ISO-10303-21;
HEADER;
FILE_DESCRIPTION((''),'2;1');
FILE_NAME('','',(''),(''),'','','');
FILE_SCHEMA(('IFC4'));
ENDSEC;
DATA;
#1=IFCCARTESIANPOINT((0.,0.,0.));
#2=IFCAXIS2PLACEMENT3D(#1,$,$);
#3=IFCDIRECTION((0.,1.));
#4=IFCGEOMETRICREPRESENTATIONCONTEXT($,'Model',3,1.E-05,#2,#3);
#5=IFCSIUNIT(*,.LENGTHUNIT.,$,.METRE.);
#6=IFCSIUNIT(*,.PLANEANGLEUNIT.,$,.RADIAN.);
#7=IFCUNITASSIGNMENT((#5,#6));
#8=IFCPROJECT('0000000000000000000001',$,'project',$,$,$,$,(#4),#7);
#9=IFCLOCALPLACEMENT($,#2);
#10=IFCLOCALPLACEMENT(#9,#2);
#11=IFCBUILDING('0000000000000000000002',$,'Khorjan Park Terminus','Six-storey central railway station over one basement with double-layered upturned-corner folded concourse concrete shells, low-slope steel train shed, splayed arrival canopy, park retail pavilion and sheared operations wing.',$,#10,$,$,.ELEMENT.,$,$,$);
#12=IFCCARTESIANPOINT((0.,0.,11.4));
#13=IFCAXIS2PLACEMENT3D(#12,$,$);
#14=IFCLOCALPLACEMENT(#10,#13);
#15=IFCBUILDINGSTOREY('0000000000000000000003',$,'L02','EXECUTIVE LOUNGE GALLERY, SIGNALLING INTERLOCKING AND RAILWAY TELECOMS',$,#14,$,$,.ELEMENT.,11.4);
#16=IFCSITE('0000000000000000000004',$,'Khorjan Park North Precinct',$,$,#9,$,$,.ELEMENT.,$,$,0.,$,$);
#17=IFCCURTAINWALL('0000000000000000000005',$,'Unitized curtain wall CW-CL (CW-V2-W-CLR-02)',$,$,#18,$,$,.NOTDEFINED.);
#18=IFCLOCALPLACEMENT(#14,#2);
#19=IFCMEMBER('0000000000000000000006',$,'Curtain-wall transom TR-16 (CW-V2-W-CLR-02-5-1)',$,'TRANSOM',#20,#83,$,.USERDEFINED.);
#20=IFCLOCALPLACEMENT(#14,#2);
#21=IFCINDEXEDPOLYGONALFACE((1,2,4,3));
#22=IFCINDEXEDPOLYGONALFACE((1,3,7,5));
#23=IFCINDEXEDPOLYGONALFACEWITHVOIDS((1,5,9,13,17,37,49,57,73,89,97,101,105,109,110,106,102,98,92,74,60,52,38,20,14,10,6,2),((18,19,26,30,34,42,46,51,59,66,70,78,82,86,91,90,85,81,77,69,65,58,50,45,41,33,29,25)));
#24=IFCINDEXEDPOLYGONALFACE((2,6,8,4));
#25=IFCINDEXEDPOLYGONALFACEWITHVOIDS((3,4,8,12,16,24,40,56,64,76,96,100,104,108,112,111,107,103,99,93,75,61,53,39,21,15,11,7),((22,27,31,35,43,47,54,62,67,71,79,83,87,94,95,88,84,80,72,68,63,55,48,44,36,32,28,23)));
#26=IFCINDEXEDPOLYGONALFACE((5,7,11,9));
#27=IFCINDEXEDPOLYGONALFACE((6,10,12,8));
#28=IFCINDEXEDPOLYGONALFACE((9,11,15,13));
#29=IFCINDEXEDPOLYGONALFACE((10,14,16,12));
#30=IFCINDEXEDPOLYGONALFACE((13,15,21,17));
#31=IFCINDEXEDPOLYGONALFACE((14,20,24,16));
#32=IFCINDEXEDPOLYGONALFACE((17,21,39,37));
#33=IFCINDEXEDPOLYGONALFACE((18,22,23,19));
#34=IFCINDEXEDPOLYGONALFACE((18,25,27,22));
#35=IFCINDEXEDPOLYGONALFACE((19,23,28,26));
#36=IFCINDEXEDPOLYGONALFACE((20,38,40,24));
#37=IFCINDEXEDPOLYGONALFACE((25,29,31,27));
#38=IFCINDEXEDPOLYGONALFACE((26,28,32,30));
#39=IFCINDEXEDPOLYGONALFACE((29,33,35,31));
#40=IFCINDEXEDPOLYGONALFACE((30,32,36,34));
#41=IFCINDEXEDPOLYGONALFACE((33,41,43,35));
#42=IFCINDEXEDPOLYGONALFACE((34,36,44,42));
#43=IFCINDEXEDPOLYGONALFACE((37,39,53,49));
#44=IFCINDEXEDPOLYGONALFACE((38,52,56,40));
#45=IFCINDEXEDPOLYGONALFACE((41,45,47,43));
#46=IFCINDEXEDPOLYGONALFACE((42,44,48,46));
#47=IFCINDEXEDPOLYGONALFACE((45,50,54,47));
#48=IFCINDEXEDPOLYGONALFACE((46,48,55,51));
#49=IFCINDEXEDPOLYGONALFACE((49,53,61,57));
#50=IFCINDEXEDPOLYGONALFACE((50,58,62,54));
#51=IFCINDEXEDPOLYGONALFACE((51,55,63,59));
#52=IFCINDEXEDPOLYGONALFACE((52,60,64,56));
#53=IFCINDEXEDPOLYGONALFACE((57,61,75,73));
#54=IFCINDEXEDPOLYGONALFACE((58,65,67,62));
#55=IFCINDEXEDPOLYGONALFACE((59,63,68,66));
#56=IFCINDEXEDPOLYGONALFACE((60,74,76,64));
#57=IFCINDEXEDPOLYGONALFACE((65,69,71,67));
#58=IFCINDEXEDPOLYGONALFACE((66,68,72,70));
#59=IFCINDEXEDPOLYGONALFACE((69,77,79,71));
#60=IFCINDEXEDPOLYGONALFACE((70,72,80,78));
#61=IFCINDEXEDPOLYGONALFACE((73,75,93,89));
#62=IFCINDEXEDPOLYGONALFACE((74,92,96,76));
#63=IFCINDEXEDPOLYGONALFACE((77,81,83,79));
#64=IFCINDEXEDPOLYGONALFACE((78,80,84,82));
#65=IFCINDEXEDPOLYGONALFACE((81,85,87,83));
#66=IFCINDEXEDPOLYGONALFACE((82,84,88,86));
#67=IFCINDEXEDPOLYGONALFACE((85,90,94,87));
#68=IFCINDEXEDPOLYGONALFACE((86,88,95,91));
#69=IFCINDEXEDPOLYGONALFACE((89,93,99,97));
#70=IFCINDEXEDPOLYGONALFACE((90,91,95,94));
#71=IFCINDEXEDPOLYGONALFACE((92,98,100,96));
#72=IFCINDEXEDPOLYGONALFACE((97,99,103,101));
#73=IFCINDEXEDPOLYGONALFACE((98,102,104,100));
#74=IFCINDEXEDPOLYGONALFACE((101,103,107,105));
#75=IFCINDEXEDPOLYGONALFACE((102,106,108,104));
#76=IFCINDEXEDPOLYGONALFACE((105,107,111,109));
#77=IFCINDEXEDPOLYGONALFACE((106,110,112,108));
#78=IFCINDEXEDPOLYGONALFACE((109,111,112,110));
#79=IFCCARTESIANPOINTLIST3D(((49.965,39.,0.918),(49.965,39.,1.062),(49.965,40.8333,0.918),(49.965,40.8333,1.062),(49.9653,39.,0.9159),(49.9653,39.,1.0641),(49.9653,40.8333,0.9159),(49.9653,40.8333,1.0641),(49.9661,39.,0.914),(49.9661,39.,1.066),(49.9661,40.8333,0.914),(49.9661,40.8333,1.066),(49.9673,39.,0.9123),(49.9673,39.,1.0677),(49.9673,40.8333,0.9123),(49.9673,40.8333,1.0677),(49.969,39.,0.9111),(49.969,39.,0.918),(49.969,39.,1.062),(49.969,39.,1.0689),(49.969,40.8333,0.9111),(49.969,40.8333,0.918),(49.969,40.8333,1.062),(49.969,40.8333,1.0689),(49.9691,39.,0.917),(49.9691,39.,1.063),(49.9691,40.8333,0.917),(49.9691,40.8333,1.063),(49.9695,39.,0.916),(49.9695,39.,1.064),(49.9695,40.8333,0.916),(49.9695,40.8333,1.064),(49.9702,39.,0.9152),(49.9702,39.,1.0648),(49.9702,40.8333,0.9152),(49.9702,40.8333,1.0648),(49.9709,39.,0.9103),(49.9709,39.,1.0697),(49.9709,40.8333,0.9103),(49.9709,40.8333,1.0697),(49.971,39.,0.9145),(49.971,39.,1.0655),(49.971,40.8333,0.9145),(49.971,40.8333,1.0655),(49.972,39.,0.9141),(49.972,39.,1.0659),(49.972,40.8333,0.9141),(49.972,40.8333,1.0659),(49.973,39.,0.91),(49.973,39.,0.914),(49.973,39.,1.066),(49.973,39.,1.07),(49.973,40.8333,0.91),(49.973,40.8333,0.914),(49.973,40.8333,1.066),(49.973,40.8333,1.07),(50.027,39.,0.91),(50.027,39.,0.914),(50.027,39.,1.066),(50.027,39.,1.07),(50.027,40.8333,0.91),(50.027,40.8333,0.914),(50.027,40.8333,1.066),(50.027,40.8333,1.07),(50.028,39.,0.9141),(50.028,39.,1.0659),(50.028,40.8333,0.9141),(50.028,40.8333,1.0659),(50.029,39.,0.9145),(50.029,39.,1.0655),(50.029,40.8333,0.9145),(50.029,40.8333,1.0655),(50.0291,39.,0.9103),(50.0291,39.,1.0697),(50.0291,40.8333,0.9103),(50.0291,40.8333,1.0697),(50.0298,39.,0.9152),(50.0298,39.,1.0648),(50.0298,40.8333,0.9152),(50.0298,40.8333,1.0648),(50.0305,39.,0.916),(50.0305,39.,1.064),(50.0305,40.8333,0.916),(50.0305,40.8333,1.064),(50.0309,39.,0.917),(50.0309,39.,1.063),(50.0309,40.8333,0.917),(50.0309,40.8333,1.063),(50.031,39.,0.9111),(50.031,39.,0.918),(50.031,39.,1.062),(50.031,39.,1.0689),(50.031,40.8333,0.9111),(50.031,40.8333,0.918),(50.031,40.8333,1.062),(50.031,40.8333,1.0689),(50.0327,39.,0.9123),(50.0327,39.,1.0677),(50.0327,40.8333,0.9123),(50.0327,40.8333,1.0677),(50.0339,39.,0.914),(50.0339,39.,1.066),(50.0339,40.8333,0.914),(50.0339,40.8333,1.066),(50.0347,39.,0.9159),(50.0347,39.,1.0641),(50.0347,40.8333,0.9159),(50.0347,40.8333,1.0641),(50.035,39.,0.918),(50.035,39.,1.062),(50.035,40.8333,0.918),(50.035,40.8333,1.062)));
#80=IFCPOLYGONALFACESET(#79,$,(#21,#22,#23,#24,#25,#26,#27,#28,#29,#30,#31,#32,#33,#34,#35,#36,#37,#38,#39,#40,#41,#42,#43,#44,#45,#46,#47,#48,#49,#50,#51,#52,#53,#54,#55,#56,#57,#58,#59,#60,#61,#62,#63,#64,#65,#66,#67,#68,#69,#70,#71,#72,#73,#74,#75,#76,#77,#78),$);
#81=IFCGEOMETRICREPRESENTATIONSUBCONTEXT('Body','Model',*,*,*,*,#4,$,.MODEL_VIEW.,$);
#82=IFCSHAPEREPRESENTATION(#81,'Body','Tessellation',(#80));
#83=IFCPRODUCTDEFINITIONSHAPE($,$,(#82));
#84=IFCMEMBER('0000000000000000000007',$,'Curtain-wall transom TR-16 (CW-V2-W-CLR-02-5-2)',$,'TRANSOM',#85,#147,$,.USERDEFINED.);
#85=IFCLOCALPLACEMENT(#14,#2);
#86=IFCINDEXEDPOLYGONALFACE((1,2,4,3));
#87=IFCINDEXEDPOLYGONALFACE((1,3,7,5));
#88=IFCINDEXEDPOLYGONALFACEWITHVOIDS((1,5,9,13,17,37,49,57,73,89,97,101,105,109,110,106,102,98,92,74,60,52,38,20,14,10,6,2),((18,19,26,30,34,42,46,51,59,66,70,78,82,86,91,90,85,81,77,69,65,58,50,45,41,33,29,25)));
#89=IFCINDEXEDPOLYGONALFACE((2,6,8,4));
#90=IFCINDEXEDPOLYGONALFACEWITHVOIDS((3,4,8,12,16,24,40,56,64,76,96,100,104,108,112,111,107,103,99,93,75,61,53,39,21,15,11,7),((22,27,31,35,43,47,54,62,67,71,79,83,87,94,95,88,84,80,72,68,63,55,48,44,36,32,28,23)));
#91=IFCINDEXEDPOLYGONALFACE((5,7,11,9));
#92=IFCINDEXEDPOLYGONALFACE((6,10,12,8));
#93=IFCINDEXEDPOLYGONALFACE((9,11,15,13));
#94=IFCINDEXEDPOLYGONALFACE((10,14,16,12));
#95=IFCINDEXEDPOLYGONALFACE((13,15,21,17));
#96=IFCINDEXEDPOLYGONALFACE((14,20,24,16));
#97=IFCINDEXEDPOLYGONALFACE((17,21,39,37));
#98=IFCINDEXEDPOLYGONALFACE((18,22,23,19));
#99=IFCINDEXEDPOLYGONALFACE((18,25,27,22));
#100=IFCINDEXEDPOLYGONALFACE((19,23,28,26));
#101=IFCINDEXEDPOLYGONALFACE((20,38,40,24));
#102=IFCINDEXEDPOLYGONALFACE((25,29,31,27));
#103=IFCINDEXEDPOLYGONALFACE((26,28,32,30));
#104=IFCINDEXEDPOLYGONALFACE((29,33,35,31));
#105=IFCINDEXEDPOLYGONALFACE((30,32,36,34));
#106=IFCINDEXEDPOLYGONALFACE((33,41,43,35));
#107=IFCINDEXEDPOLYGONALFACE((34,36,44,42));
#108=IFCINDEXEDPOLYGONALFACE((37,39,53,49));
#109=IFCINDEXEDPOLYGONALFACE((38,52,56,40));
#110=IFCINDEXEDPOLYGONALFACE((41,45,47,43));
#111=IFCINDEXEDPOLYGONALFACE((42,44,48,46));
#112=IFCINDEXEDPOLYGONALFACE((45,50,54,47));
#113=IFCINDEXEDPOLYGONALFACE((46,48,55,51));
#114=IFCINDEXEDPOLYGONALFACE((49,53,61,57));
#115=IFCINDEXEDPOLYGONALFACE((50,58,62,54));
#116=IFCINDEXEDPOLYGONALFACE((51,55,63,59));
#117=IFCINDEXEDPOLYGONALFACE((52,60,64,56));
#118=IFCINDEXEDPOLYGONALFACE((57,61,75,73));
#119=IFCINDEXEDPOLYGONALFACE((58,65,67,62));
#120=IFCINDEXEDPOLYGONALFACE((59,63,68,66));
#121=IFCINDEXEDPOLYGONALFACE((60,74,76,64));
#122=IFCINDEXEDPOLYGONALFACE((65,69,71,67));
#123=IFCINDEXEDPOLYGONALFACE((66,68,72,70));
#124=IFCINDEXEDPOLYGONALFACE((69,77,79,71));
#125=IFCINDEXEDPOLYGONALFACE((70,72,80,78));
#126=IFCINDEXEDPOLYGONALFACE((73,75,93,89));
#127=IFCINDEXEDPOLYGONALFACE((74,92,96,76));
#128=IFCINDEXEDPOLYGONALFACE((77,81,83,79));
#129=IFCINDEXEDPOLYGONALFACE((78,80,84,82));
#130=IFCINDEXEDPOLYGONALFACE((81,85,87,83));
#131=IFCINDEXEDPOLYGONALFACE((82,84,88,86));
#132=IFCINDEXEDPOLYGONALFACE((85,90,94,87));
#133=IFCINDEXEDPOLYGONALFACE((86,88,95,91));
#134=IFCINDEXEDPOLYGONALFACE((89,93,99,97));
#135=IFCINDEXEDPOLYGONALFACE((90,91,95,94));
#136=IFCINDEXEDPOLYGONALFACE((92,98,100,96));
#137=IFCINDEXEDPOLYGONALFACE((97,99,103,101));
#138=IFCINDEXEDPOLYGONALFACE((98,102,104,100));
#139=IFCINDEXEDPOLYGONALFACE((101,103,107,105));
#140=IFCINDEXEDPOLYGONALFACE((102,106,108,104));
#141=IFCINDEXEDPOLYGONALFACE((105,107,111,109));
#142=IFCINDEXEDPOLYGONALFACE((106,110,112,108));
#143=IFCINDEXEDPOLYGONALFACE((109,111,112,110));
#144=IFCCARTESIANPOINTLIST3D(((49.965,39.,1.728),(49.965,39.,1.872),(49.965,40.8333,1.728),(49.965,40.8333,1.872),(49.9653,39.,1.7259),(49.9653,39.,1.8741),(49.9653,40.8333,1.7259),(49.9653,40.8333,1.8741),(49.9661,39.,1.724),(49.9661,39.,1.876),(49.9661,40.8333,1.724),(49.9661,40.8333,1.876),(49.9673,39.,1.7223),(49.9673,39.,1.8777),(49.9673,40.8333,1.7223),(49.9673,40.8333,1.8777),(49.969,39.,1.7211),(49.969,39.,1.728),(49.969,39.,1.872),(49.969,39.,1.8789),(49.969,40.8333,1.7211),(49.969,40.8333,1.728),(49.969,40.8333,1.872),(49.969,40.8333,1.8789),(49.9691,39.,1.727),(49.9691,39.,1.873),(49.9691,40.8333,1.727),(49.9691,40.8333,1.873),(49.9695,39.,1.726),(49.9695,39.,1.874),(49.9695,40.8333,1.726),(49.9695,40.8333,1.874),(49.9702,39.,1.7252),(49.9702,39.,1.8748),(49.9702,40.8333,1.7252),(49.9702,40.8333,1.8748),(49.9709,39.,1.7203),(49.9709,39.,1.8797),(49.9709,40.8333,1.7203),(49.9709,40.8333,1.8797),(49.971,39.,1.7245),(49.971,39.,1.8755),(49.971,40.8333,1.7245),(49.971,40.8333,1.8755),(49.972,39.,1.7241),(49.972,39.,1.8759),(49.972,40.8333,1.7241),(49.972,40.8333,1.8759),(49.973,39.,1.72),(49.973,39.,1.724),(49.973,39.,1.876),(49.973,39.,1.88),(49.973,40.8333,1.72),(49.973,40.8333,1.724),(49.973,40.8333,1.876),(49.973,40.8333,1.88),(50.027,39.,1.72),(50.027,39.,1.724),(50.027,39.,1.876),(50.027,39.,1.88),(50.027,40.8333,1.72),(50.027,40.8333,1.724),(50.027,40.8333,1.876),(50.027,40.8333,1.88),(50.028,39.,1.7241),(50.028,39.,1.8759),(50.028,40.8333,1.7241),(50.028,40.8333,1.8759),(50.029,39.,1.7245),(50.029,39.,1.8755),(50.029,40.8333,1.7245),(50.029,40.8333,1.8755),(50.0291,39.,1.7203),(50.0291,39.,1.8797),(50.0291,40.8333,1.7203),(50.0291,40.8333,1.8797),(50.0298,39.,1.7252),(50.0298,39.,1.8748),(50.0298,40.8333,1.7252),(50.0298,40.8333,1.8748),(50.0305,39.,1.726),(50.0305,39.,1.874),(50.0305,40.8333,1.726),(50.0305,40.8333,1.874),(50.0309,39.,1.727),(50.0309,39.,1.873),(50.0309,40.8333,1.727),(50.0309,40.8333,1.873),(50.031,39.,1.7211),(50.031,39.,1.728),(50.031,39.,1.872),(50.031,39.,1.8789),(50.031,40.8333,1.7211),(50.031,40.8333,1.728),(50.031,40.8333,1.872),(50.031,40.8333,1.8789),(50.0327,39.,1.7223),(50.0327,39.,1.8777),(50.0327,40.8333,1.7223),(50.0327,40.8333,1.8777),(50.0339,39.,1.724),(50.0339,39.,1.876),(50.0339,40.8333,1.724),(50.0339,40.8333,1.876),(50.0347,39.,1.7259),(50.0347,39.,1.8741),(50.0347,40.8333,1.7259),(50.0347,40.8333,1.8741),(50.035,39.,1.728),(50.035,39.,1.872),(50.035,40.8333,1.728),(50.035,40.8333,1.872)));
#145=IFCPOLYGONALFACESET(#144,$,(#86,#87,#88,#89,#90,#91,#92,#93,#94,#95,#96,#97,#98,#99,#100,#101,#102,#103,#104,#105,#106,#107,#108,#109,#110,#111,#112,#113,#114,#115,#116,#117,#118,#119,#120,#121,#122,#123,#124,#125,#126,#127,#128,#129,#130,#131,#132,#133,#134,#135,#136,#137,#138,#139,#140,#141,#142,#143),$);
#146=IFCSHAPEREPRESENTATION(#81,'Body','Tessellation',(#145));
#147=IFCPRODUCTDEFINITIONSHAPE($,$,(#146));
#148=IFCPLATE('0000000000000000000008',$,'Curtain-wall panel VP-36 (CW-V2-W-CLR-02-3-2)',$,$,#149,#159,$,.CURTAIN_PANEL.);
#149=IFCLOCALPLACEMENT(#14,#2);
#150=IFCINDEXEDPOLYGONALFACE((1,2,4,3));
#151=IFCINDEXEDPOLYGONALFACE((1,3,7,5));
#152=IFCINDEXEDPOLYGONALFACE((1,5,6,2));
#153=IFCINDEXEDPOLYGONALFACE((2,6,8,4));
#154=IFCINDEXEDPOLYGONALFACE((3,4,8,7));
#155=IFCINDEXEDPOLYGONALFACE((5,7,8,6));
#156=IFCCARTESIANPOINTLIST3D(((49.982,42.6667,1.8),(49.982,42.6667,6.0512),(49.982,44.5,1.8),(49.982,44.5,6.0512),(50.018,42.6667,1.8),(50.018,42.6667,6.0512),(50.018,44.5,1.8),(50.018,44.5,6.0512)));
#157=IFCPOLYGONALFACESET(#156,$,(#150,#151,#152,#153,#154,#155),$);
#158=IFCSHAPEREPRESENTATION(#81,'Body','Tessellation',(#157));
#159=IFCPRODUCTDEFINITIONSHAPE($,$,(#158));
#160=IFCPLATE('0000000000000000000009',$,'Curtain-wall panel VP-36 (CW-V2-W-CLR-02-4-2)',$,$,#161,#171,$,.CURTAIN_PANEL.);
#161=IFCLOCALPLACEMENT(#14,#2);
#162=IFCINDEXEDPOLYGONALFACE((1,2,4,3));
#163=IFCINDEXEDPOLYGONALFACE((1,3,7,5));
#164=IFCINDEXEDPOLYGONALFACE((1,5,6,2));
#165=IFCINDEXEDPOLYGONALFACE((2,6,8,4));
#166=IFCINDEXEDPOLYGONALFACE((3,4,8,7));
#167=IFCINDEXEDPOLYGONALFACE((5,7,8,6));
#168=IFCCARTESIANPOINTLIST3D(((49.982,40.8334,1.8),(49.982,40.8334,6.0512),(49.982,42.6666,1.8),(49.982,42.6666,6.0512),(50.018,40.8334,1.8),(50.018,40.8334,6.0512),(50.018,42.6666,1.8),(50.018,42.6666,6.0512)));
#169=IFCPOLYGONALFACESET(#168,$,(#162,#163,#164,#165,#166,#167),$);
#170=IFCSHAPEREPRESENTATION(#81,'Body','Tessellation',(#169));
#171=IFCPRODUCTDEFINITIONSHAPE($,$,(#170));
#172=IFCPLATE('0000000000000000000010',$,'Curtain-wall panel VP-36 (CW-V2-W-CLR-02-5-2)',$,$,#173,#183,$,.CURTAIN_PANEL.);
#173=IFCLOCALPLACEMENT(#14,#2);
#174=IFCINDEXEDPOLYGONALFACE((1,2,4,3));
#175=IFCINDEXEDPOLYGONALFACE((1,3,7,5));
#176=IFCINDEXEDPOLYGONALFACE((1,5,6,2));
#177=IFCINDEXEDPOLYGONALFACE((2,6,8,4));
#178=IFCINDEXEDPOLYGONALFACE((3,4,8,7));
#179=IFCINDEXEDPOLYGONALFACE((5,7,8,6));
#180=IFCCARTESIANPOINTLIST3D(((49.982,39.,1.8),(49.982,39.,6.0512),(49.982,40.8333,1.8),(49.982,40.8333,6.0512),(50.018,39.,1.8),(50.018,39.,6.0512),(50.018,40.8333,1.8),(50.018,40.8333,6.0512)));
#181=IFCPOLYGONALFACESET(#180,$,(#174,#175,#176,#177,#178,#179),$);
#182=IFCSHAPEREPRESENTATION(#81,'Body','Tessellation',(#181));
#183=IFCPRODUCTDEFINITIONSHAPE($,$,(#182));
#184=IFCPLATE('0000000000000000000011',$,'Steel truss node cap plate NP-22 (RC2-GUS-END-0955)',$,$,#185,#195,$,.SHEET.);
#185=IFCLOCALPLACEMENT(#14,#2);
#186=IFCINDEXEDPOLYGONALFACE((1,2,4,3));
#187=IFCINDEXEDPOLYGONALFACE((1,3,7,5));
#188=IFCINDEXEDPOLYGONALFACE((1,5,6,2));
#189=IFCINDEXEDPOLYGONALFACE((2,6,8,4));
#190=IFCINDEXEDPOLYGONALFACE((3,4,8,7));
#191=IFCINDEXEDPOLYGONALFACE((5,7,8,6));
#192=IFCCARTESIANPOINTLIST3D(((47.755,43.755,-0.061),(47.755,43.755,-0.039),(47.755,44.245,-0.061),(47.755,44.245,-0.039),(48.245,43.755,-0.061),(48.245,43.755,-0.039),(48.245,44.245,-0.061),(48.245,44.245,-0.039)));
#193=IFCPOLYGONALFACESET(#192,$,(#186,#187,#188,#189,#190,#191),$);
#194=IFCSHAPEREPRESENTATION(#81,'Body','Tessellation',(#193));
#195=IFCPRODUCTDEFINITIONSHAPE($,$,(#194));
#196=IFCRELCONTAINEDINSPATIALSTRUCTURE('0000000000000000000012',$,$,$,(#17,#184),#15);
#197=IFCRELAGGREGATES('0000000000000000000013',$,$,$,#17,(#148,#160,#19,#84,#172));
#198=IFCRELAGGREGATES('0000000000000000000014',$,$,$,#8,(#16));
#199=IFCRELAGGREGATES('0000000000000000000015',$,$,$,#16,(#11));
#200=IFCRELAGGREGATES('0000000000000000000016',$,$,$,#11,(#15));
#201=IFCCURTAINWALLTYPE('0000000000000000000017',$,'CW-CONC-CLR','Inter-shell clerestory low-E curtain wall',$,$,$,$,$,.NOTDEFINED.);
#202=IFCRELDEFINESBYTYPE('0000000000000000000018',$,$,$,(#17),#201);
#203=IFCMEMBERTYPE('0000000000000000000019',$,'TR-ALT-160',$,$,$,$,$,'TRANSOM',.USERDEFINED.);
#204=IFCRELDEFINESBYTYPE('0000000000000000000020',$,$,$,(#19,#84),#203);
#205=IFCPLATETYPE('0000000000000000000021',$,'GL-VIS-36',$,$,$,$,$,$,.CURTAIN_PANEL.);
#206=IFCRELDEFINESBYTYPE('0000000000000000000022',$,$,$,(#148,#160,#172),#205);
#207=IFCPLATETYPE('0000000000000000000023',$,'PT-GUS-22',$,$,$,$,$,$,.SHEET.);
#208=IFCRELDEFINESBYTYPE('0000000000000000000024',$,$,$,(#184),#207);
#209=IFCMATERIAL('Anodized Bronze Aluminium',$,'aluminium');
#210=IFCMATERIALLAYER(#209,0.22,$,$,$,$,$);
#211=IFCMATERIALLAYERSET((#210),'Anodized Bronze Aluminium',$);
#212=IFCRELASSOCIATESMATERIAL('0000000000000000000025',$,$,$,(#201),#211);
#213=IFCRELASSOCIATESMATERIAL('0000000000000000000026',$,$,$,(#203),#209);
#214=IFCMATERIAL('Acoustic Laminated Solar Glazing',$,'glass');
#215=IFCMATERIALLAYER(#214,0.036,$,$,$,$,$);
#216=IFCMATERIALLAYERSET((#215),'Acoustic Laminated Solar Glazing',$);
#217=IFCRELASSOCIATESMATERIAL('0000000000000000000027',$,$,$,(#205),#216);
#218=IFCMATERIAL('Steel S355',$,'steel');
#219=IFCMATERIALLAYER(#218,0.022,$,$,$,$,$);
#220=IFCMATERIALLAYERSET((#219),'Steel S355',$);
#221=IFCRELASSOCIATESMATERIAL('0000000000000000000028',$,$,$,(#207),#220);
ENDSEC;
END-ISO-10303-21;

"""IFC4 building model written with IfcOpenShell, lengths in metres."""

from ifc_helpers import new_model, si_unit, direction, frame, origin, origin_2d, place, context, subcontext, project, spatial, rectangle, hollow_rectangle, extrude, material, layer, layer_set, material_profile, profile_set, type_object, element, aggregate, save


model = new_model("IFC4")

# Units and contexts
model_context = context("Model", 3, precision=1e-05, world=origin(), true_north=direction((0.0, 1.0)))
body_context = subcontext(model_context, "Body", "Model", "MODEL_VIEW")
ifc_project = project(units=[si_unit("LENGTHUNIT", "METRE"), si_unit("PLANEANGLEUNIT", "RADIAN")], contexts=[model_context])

# Site, building, storey
site_placement = place(None, origin())
site = spatial("IfcSite", under=ifc_project, at=site_placement, Name="Khorjan Park North Precinct", CompositionType="ELEMENT", RefElevation=0.0)
building_placement = place(site_placement, origin())
building = spatial("IfcBuilding", under=site, at=building_placement, Name="Khorjan Park Terminus", Description="Six-storey central railway station over one basement with double-layered upturned-corner folded concourse concrete shells, low-slope steel train shed, splayed arrival canopy, park retail pavilion and sheared operations wing.", CompositionType="ELEMENT")
storey_placement = place(building_placement, frame((0.0, 0.0, 11.4)))
storey = spatial("IfcBuildingStorey", under=building, at=storey_placement, Name="L02", Description="EXECUTIVE LOUNGE GALLERY, SIGNALLING INTERLOCKING AND RAILWAY TELECOMS", CompositionType="ELEMENT", Elevation=11.4)

# Shared definitions
ifc_material_1 = material(Name="Steel S355", Category="steel")

# Curtain wall
ifc_material_2 = material(Name="Anodized Bronze Aluminium", Category="aluminium")
ifc_layer_1 = layer(ifc_material_2, 0.22)
ifc_layer_set_1 = layer_set([ifc_layer_1], Name="Anodized Bronze Aluminium")
curtain_wall_type = type_object("IfcCurtainWallType", Name="CW-CONC-CLR", Description="Inter-shell clerestory low-E curtain wall", PredefinedType="NOTDEFINED", material=ifc_layer_set_1)
curtain_wall_placement = place(storey_placement, origin())
curtain_wall = element("IfcCurtainWall", 1, at=curtain_wall_placement, inside=storey, type_object=curtain_wall_type, Name="Unitized curtain wall CW-CL (CW-V2-W-CLR-02)", PredefinedType="NOTDEFINED")

# Members
ifc_material_profile_1 = material_profile(ifc_material_2, hollow_rectangle(XDim=0.07, YDim=0.16, WallThickness=0.004, InnerFilletRadius=0.004, OuterFilletRadius=0.008, at=origin_2d()), Name="ALT 70x160x4")
ifc_profile_set_1 = profile_set([ifc_material_profile_1], Name="Anodized Bronze Aluminium")
member_type_1 = type_object("IfcMemberType", Name="TR-ALT-160", ElementType="TRANSOM", PredefinedType="USERDEFINED", material=ifc_profile_set_1)
member_1_placement = place(storey_placement, frame((50.0, 40.8333, 0.99), z_axis=(0.0, -1.0, 0.0), x_axis=(1.0, 0.0, 0.0)))
member_1 = element("IfcMember", 2, at=member_1_placement, type_object=member_type_1, Name="Curtain-wall transom TR-16 (CW-V2-W-CLR-02-5-1)", ObjectType="TRANSOM", PredefinedType="USERDEFINED", context=body_context, shape_type="SweptSolid", body=[
    extrude(hollow_rectangle(XDim=0.07, YDim=0.16, WallThickness=0.004, InnerFilletRadius=0.004, OuterFilletRadius=0.008, at=origin_2d()), origin(), (0.0, 0.0, 1.0), 1.8333),
])
member_2_placement = place(storey_placement, frame((50.0, 40.8333, 1.8), z_axis=(0.0, -1.0, 0.0), x_axis=(1.0, 0.0, 0.0)))
member_2 = element("IfcMember", 3, at=member_2_placement, type_object=member_type_1, Name="Curtain-wall transom TR-16 (CW-V2-W-CLR-02-5-2)", ObjectType="TRANSOM", PredefinedType="USERDEFINED", context=body_context, shape_type="SweptSolid", body=[
    extrude(hollow_rectangle(XDim=0.07, YDim=0.16, WallThickness=0.004, InnerFilletRadius=0.004, OuterFilletRadius=0.008, at=origin_2d()), origin(), (0.0, 0.0, 1.0), 1.8333),
])

# Plates
ifc_material_3 = material(Name="Acoustic Laminated Solar Glazing", Category="glass")
ifc_layer_2 = layer(ifc_material_3, 0.036)
ifc_layer_set_2 = layer_set([ifc_layer_2], Name="Acoustic Laminated Solar Glazing")
plate_type_1 = type_object("IfcPlateType", Name="GL-VIS-36", PredefinedType="CURTAIN_PANEL", material=ifc_layer_set_2)
plate_1_placement = place(storey_placement, frame((50.0, 43.5833, 1.8), z_axis=(0.0, 0.0, 1.0), x_axis=(0.0, -1.0, 0.0)))
plate_1 = element("IfcPlate", 4, at=plate_1_placement, type_object=plate_type_1, Name="Curtain-wall panel VP-36 (CW-V2-W-CLR-02-3-2)", PredefinedType="CURTAIN_PANEL", context=body_context, shape_type="SweptSolid", body=[
    extrude(rectangle(XDim=1.8333, YDim=0.036, at=origin_2d()), origin(), (0.0, 0.0, 1.0), 4.2512),
])
plate_2_placement = place(storey_placement, frame((50.0, 41.75, 1.8), z_axis=(0.0, 0.0, 1.0), x_axis=(0.0, -1.0, 0.0)))
plate_2 = element("IfcPlate", 5, at=plate_2_placement, type_object=plate_type_1, Name="Curtain-wall panel VP-36 (CW-V2-W-CLR-02-4-2)", PredefinedType="CURTAIN_PANEL", context=body_context, shape_type="SweptSolid", body=[
    extrude(rectangle(XDim=1.8333, YDim=0.036, at=origin_2d()), origin(), (0.0, 0.0, 1.0), 4.2512),
])
plate_3_placement = place(storey_placement, frame((50.0, 39.9167, 1.8), z_axis=(0.0, 0.0, 1.0), x_axis=(0.0, -1.0, 0.0)))
plate_3 = element("IfcPlate", 6, at=plate_3_placement, type_object=plate_type_1, Name="Curtain-wall panel VP-36 (CW-V2-W-CLR-02-5-2)", PredefinedType="CURTAIN_PANEL", context=body_context, shape_type="SweptSolid", body=[
    extrude(rectangle(XDim=1.8333, YDim=0.036, at=origin_2d()), origin(), (0.0, 0.0, 1.0), 4.2512),
])

# Plate
ifc_layer_3 = layer(ifc_material_1, 0.022)
ifc_layer_set_3 = layer_set([ifc_layer_3], Name="Steel S355")
plate_type_2 = type_object("IfcPlateType", Name="PT-GUS-22", PredefinedType="SHEET", material=ifc_layer_set_3)
plate_4_placement = place(storey_placement, frame((48.0, 44.0, -0.061), z_axis=(0.0, 0.0, 1.0), x_axis=(1.0, 0.0, 0.0)))
element("IfcPlate", 7, at=plate_4_placement, inside=storey, type_object=plate_type_2, Name="Steel truss node cap plate NP-22 (RC2-GUS-END-0955)", PredefinedType="SHEET", context=body_context, shape_type="SweptSolid", body=[
    extrude(rectangle(XDim=0.49, YDim=0.49, at=origin_2d()), origin(), (0.0, 0.0, 1.0), 0.022),
])

aggregate(curtain_wall, [plate_1, plate_2, member_1, member_2, plate_3])

save(model, "model.ifc")
